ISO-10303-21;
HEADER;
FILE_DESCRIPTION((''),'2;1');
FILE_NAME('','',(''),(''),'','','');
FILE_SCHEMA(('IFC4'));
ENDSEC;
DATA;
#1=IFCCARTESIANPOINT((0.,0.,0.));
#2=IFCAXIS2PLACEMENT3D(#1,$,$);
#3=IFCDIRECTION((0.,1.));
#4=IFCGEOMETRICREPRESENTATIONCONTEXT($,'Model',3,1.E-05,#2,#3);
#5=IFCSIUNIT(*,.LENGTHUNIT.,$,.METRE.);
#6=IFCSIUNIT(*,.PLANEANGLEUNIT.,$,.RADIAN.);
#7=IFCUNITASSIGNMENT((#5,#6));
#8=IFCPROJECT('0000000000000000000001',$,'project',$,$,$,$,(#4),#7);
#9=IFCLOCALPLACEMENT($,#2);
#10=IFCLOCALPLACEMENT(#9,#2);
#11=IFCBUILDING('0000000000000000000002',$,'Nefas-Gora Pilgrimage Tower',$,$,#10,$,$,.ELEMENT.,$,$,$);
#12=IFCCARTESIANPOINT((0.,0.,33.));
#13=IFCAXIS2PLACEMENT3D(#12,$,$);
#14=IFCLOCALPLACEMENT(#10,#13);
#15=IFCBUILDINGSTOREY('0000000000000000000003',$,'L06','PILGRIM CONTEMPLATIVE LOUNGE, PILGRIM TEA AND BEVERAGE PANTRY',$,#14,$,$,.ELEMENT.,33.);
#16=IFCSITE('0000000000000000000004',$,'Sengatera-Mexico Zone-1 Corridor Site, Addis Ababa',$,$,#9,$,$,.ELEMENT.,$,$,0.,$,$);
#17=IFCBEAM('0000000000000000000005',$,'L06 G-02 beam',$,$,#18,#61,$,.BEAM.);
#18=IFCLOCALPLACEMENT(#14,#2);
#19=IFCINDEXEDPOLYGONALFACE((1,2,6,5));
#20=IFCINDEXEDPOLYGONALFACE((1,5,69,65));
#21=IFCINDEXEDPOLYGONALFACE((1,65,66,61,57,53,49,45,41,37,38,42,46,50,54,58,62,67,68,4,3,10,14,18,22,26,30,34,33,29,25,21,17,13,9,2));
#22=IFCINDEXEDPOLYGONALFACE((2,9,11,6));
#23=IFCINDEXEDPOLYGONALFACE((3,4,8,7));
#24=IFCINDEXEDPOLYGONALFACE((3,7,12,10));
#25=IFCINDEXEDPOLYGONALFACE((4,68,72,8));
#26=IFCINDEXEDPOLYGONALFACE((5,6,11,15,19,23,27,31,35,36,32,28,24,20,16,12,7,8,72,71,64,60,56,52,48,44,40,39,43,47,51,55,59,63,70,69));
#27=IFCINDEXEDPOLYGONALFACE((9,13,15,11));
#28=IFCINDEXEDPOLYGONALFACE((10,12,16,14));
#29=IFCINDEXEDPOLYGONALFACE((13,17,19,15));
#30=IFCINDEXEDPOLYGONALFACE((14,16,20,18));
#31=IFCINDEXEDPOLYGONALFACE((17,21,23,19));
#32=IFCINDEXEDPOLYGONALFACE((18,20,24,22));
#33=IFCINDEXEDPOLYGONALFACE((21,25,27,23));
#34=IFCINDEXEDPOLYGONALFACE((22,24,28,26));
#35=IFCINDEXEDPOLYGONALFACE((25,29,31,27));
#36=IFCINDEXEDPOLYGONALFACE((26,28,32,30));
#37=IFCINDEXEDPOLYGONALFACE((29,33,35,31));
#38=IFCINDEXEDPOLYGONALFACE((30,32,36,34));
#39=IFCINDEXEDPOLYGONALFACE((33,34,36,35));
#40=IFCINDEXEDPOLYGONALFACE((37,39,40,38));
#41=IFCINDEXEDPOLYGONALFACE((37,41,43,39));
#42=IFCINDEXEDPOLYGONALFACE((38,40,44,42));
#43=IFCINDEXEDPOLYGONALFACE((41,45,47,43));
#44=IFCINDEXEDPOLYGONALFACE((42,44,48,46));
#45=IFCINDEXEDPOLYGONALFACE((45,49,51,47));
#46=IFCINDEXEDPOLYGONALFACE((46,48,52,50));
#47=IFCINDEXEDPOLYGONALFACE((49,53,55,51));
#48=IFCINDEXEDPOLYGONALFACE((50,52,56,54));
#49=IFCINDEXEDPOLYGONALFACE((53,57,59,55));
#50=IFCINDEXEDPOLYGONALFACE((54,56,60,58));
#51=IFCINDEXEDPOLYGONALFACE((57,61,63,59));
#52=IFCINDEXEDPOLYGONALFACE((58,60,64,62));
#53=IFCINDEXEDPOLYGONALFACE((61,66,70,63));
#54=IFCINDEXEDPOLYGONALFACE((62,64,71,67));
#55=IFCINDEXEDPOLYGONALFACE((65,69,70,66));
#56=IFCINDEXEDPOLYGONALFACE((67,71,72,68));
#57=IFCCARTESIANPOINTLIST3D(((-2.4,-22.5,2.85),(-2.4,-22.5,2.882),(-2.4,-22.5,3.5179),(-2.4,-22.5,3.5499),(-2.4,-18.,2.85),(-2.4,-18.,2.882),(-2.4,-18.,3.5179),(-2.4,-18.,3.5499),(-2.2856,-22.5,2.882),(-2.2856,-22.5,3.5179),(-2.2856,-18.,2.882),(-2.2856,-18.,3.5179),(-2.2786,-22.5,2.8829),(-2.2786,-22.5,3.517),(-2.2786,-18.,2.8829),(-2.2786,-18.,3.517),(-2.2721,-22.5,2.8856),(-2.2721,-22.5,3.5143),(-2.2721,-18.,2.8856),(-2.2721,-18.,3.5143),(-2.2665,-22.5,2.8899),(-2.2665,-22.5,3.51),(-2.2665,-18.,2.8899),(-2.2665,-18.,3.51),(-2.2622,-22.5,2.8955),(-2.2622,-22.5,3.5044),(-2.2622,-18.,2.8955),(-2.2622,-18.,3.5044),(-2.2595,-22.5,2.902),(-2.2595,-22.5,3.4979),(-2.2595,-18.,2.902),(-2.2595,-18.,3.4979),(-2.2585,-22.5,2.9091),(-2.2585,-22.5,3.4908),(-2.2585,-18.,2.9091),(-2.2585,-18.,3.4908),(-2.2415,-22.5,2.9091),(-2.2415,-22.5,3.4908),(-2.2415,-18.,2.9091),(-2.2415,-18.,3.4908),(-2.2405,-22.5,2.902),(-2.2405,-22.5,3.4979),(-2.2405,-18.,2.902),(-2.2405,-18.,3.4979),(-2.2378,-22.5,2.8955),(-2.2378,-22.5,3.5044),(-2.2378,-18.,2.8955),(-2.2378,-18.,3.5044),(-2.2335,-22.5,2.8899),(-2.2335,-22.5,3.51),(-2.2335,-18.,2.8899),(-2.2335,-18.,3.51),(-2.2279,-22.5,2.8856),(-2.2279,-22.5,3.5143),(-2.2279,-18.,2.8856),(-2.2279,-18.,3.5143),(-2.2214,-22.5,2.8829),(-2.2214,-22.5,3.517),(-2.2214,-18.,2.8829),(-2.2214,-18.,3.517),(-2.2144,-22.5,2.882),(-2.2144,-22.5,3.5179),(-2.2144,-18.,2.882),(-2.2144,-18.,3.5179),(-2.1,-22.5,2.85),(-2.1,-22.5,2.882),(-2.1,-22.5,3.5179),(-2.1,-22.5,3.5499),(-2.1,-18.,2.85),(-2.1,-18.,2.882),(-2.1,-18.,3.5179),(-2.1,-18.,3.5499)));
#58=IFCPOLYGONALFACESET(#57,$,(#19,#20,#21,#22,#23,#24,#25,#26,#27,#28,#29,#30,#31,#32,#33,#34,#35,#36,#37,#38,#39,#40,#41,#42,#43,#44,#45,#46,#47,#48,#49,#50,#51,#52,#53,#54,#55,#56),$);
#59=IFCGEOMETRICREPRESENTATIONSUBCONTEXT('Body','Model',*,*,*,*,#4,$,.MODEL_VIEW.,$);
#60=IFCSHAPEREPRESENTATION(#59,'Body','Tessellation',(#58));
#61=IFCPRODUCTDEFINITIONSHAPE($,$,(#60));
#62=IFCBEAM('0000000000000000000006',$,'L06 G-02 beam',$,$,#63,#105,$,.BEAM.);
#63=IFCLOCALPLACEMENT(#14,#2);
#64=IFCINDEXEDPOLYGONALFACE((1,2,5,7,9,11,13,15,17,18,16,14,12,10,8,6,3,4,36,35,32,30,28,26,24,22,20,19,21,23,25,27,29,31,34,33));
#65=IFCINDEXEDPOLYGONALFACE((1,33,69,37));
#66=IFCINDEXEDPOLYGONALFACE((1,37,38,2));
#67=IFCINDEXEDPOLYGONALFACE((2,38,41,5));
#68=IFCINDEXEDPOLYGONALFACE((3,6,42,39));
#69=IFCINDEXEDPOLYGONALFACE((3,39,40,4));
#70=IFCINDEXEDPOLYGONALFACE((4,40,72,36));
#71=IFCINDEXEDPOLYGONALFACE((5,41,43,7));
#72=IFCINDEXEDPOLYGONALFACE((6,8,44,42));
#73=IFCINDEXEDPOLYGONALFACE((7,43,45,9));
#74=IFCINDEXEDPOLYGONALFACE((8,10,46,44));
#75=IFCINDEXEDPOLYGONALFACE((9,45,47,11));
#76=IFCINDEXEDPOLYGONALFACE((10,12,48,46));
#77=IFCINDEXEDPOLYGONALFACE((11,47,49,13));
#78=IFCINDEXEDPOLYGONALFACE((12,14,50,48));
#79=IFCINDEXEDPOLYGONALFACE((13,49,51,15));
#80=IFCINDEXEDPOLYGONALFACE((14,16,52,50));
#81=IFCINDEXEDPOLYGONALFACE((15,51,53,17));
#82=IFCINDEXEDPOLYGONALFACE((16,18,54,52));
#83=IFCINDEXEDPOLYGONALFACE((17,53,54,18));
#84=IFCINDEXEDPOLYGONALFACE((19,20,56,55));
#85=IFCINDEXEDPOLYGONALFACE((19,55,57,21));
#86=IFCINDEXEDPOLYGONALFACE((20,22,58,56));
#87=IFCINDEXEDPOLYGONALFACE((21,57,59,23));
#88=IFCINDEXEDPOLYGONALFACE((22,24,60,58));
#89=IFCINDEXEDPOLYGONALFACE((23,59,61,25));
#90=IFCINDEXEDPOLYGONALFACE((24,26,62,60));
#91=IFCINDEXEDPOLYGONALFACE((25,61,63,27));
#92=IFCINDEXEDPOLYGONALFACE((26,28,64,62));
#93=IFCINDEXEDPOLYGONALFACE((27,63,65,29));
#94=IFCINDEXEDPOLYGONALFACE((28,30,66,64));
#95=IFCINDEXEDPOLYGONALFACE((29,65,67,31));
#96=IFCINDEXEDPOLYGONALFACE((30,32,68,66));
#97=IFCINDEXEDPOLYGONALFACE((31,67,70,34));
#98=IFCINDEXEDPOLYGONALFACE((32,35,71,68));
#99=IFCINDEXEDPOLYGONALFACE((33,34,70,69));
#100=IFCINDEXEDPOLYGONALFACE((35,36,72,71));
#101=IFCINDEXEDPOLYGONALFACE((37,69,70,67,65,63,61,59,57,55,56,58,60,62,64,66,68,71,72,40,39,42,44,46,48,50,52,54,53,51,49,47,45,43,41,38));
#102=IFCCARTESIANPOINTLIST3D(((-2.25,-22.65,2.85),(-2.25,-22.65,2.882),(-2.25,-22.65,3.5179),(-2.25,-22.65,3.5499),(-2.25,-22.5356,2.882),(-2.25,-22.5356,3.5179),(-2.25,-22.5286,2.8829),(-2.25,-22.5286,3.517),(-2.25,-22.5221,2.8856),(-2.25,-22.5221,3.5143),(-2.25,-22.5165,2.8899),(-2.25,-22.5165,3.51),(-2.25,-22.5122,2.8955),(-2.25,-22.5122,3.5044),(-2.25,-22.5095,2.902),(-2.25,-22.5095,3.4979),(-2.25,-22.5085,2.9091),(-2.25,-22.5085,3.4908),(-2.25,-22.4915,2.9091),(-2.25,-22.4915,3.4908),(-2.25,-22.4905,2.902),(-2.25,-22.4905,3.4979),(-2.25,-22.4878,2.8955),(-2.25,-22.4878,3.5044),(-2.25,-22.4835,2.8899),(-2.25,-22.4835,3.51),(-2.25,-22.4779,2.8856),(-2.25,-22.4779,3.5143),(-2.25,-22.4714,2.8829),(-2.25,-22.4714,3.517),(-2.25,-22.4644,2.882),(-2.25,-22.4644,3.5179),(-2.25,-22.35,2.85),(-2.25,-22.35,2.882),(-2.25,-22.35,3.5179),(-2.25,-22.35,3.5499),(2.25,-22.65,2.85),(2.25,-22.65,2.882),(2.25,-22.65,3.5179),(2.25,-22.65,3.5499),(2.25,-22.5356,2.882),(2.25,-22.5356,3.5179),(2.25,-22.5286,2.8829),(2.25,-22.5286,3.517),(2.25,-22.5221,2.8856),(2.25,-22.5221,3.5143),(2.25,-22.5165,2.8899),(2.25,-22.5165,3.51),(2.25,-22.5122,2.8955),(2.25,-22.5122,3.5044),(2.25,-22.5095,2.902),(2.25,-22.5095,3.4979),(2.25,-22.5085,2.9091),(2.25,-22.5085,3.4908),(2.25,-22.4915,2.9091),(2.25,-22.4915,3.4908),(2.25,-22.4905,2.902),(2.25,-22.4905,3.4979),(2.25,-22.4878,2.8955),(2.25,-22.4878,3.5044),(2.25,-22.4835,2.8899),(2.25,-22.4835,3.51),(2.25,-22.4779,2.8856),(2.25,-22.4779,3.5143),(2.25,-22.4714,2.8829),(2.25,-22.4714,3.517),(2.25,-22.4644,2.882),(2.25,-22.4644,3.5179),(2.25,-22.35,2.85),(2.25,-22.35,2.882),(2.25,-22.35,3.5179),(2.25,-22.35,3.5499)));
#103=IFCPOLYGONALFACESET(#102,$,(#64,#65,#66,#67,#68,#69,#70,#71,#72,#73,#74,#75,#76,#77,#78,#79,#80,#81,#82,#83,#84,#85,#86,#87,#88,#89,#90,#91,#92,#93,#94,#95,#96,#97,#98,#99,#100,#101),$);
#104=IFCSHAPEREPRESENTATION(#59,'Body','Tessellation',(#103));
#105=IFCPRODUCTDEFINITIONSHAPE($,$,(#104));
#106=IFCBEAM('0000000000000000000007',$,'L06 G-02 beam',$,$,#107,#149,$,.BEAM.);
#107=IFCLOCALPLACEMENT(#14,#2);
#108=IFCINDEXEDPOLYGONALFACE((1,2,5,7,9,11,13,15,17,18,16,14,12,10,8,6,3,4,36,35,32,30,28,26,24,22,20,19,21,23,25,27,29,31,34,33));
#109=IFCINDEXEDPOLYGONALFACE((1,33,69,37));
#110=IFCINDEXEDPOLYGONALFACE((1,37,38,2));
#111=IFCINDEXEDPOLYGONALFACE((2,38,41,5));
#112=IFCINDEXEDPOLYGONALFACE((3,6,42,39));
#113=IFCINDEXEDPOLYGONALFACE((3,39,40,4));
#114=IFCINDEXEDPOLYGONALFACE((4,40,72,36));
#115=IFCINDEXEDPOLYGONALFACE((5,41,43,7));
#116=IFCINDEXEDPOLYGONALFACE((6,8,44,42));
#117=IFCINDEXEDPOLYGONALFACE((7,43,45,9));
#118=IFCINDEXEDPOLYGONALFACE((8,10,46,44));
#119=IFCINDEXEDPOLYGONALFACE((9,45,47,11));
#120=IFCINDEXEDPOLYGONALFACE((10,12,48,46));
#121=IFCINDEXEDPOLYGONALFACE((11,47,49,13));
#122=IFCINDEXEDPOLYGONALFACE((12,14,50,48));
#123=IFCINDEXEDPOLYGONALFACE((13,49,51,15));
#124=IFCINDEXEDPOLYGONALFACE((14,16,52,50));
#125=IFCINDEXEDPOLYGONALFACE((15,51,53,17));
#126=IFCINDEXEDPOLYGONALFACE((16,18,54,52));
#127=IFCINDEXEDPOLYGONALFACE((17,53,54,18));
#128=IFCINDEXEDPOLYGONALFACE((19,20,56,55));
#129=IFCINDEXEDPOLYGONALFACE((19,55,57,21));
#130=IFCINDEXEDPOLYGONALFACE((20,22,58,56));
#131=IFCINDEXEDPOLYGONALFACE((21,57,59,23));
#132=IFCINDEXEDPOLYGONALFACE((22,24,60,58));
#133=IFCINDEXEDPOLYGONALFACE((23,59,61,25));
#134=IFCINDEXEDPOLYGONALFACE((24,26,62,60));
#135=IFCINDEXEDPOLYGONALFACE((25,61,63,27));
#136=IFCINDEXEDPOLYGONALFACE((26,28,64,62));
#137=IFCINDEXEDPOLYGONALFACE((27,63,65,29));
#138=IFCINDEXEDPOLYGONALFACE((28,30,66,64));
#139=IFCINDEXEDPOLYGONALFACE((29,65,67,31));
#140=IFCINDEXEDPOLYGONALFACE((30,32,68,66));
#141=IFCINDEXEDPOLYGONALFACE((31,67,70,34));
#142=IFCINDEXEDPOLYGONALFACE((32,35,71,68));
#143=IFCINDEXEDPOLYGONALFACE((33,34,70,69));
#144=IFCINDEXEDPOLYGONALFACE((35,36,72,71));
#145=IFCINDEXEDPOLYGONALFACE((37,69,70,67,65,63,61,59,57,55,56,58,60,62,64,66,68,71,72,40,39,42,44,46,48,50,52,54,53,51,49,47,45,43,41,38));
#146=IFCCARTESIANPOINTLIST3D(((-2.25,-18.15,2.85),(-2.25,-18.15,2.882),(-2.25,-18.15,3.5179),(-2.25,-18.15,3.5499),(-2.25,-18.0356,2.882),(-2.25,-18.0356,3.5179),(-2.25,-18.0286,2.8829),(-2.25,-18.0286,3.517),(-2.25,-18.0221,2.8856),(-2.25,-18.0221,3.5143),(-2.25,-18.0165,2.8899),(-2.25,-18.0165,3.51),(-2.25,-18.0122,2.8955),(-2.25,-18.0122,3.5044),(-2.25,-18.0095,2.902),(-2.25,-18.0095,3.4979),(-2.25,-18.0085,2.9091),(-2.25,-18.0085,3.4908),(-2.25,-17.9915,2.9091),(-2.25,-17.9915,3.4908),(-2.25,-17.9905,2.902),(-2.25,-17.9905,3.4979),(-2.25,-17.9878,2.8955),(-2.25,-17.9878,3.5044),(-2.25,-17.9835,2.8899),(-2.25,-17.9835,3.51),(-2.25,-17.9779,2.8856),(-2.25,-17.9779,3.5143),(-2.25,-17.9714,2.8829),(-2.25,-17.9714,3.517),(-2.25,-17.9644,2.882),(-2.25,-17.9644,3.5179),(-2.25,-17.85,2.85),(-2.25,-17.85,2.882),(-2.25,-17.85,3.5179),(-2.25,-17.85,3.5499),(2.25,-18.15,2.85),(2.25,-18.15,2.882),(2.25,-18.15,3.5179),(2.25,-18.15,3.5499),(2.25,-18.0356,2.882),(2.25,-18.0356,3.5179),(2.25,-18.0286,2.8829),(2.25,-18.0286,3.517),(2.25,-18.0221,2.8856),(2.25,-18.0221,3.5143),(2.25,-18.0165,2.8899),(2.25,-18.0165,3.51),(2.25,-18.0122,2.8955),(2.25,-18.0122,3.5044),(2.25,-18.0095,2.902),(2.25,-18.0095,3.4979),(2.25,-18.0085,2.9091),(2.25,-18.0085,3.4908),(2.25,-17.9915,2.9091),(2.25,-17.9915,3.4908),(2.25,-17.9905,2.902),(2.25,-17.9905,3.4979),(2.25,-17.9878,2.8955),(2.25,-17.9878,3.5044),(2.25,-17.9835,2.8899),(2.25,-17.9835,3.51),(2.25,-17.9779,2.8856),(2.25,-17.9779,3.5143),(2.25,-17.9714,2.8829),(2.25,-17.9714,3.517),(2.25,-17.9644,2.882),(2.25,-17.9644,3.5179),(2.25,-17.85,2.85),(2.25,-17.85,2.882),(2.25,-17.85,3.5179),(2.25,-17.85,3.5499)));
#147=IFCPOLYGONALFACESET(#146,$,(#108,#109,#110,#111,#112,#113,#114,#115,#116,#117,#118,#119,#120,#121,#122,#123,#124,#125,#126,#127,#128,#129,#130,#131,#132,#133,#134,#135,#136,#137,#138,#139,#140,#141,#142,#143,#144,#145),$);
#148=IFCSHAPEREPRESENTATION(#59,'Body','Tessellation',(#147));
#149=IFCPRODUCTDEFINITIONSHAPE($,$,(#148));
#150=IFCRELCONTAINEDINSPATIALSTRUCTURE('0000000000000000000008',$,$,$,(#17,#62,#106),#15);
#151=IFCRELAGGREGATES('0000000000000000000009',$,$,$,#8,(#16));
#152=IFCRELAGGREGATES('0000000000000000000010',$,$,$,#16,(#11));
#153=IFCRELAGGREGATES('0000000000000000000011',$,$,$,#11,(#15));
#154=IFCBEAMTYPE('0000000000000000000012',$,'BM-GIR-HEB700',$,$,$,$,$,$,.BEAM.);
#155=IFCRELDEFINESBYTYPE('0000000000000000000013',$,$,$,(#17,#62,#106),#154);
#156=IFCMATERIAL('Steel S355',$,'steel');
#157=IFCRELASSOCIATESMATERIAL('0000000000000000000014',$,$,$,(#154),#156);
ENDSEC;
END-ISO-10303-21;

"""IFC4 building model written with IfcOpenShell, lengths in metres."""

from ifc_helpers import new_model, si_unit, direction, frame, origin, origin_2d, place, context, subcontext, project, spatial, i_section, extrude, source, transform, mapped, material, material_profile, profile_set, type_object, element, save


model = new_model("IFC4")

# Units and contexts
model_context = context("Model", 3, precision=1e-05, world=origin(), true_north=direction((0.0, 1.0)))
body_context = subcontext(model_context, "Body", "Model", "MODEL_VIEW")
ifc_project = project(units=[si_unit("LENGTHUNIT", "METRE"), si_unit("PLANEANGLEUNIT", "RADIAN")], contexts=[model_context])

# Site, building, storey
site_placement = place(None, origin())
site = spatial("IfcSite", under=ifc_project, at=site_placement, Name="Sengatera-Mexico Zone-1 Corridor Site, Addis Ababa", CompositionType="ELEMENT", RefElevation=0.0)
building_placement = place(site_placement, origin())
building = spatial("IfcBuilding", under=site, at=building_placement, Name="Nefas-Gora Pilgrimage Tower", CompositionType="ELEMENT")
storey_placement = place(building_placement, frame((0.0, 0.0, 33.0)))
storey = spatial("IfcBuildingStorey", under=building, at=storey_placement, Name="L06", Description="PILGRIM CONTEMPLATIVE LOUNGE, PILGRIM TEA AND BEVERAGE PANTRY", CompositionType="ELEMENT", Elevation=33.0)

# Beams
ifc_material_1 = material(Name="Steel S355", Category="steel")
ifc_material_profile_1 = material_profile(ifc_material_1, i_section(OverallWidth=0.3, OverallDepth=0.7, WebThickness=0.0171, FlangeThickness=0.032, FilletRadius=0.0271, at=origin_2d()), Name="HEB 700")
ifc_profile_set_1 = profile_set([ifc_material_profile_1], Name="Steel S355")
beam_type = type_object("IfcBeamType", Name="BM-GIR-HEB700", PredefinedType="BEAM", material=ifc_profile_set_1)
shared_shape_1 = source(origin(), body_context, "Body", "SweptSolid", [
    extrude(i_section(OverallWidth=0.3, OverallDepth=0.7, WebThickness=0.0171, FlangeThickness=0.032, FilletRadius=0.0271, at=origin_2d()), origin(), (0.0, 0.0, 1.0), 4.5),
])
for number, where, z_axis, x_axis, name in (
    (1, (-2.25, -22.5, 3.2), (0.0, 1.0, 0.0), (-1.0, 0.0, 0.0), "L06 G-02 beam"),
    (2, (-2.25, -22.5, 3.2), (1.0, 0.0, 0.0), (0.0, 1.0, 0.0), "L06 G-02 beam"),
    (3, (-2.25, -18.0, 3.2), (1.0, 0.0, 0.0), (0.0, 1.0, 0.0), "L06 G-02 beam"),
):
    element("IfcBeam", number, at=place(storey_placement, frame(where, z_axis=z_axis, x_axis=x_axis)), inside=storey, type_object=beam_type, Name=name, PredefinedType="BEAM", context=body_context, shape_type="MappedRepresentation", body=[
        mapped(shared_shape_1, transform((0.0, 0.0, 0.0), x_axis=(1.0, 0.0, 0.0), y_axis=(0.0, 1.0, 0.0), z_axis=(0.0, 0.0, 1.0), scale=1.0)),
    ])

save(model, "model.ifc")
